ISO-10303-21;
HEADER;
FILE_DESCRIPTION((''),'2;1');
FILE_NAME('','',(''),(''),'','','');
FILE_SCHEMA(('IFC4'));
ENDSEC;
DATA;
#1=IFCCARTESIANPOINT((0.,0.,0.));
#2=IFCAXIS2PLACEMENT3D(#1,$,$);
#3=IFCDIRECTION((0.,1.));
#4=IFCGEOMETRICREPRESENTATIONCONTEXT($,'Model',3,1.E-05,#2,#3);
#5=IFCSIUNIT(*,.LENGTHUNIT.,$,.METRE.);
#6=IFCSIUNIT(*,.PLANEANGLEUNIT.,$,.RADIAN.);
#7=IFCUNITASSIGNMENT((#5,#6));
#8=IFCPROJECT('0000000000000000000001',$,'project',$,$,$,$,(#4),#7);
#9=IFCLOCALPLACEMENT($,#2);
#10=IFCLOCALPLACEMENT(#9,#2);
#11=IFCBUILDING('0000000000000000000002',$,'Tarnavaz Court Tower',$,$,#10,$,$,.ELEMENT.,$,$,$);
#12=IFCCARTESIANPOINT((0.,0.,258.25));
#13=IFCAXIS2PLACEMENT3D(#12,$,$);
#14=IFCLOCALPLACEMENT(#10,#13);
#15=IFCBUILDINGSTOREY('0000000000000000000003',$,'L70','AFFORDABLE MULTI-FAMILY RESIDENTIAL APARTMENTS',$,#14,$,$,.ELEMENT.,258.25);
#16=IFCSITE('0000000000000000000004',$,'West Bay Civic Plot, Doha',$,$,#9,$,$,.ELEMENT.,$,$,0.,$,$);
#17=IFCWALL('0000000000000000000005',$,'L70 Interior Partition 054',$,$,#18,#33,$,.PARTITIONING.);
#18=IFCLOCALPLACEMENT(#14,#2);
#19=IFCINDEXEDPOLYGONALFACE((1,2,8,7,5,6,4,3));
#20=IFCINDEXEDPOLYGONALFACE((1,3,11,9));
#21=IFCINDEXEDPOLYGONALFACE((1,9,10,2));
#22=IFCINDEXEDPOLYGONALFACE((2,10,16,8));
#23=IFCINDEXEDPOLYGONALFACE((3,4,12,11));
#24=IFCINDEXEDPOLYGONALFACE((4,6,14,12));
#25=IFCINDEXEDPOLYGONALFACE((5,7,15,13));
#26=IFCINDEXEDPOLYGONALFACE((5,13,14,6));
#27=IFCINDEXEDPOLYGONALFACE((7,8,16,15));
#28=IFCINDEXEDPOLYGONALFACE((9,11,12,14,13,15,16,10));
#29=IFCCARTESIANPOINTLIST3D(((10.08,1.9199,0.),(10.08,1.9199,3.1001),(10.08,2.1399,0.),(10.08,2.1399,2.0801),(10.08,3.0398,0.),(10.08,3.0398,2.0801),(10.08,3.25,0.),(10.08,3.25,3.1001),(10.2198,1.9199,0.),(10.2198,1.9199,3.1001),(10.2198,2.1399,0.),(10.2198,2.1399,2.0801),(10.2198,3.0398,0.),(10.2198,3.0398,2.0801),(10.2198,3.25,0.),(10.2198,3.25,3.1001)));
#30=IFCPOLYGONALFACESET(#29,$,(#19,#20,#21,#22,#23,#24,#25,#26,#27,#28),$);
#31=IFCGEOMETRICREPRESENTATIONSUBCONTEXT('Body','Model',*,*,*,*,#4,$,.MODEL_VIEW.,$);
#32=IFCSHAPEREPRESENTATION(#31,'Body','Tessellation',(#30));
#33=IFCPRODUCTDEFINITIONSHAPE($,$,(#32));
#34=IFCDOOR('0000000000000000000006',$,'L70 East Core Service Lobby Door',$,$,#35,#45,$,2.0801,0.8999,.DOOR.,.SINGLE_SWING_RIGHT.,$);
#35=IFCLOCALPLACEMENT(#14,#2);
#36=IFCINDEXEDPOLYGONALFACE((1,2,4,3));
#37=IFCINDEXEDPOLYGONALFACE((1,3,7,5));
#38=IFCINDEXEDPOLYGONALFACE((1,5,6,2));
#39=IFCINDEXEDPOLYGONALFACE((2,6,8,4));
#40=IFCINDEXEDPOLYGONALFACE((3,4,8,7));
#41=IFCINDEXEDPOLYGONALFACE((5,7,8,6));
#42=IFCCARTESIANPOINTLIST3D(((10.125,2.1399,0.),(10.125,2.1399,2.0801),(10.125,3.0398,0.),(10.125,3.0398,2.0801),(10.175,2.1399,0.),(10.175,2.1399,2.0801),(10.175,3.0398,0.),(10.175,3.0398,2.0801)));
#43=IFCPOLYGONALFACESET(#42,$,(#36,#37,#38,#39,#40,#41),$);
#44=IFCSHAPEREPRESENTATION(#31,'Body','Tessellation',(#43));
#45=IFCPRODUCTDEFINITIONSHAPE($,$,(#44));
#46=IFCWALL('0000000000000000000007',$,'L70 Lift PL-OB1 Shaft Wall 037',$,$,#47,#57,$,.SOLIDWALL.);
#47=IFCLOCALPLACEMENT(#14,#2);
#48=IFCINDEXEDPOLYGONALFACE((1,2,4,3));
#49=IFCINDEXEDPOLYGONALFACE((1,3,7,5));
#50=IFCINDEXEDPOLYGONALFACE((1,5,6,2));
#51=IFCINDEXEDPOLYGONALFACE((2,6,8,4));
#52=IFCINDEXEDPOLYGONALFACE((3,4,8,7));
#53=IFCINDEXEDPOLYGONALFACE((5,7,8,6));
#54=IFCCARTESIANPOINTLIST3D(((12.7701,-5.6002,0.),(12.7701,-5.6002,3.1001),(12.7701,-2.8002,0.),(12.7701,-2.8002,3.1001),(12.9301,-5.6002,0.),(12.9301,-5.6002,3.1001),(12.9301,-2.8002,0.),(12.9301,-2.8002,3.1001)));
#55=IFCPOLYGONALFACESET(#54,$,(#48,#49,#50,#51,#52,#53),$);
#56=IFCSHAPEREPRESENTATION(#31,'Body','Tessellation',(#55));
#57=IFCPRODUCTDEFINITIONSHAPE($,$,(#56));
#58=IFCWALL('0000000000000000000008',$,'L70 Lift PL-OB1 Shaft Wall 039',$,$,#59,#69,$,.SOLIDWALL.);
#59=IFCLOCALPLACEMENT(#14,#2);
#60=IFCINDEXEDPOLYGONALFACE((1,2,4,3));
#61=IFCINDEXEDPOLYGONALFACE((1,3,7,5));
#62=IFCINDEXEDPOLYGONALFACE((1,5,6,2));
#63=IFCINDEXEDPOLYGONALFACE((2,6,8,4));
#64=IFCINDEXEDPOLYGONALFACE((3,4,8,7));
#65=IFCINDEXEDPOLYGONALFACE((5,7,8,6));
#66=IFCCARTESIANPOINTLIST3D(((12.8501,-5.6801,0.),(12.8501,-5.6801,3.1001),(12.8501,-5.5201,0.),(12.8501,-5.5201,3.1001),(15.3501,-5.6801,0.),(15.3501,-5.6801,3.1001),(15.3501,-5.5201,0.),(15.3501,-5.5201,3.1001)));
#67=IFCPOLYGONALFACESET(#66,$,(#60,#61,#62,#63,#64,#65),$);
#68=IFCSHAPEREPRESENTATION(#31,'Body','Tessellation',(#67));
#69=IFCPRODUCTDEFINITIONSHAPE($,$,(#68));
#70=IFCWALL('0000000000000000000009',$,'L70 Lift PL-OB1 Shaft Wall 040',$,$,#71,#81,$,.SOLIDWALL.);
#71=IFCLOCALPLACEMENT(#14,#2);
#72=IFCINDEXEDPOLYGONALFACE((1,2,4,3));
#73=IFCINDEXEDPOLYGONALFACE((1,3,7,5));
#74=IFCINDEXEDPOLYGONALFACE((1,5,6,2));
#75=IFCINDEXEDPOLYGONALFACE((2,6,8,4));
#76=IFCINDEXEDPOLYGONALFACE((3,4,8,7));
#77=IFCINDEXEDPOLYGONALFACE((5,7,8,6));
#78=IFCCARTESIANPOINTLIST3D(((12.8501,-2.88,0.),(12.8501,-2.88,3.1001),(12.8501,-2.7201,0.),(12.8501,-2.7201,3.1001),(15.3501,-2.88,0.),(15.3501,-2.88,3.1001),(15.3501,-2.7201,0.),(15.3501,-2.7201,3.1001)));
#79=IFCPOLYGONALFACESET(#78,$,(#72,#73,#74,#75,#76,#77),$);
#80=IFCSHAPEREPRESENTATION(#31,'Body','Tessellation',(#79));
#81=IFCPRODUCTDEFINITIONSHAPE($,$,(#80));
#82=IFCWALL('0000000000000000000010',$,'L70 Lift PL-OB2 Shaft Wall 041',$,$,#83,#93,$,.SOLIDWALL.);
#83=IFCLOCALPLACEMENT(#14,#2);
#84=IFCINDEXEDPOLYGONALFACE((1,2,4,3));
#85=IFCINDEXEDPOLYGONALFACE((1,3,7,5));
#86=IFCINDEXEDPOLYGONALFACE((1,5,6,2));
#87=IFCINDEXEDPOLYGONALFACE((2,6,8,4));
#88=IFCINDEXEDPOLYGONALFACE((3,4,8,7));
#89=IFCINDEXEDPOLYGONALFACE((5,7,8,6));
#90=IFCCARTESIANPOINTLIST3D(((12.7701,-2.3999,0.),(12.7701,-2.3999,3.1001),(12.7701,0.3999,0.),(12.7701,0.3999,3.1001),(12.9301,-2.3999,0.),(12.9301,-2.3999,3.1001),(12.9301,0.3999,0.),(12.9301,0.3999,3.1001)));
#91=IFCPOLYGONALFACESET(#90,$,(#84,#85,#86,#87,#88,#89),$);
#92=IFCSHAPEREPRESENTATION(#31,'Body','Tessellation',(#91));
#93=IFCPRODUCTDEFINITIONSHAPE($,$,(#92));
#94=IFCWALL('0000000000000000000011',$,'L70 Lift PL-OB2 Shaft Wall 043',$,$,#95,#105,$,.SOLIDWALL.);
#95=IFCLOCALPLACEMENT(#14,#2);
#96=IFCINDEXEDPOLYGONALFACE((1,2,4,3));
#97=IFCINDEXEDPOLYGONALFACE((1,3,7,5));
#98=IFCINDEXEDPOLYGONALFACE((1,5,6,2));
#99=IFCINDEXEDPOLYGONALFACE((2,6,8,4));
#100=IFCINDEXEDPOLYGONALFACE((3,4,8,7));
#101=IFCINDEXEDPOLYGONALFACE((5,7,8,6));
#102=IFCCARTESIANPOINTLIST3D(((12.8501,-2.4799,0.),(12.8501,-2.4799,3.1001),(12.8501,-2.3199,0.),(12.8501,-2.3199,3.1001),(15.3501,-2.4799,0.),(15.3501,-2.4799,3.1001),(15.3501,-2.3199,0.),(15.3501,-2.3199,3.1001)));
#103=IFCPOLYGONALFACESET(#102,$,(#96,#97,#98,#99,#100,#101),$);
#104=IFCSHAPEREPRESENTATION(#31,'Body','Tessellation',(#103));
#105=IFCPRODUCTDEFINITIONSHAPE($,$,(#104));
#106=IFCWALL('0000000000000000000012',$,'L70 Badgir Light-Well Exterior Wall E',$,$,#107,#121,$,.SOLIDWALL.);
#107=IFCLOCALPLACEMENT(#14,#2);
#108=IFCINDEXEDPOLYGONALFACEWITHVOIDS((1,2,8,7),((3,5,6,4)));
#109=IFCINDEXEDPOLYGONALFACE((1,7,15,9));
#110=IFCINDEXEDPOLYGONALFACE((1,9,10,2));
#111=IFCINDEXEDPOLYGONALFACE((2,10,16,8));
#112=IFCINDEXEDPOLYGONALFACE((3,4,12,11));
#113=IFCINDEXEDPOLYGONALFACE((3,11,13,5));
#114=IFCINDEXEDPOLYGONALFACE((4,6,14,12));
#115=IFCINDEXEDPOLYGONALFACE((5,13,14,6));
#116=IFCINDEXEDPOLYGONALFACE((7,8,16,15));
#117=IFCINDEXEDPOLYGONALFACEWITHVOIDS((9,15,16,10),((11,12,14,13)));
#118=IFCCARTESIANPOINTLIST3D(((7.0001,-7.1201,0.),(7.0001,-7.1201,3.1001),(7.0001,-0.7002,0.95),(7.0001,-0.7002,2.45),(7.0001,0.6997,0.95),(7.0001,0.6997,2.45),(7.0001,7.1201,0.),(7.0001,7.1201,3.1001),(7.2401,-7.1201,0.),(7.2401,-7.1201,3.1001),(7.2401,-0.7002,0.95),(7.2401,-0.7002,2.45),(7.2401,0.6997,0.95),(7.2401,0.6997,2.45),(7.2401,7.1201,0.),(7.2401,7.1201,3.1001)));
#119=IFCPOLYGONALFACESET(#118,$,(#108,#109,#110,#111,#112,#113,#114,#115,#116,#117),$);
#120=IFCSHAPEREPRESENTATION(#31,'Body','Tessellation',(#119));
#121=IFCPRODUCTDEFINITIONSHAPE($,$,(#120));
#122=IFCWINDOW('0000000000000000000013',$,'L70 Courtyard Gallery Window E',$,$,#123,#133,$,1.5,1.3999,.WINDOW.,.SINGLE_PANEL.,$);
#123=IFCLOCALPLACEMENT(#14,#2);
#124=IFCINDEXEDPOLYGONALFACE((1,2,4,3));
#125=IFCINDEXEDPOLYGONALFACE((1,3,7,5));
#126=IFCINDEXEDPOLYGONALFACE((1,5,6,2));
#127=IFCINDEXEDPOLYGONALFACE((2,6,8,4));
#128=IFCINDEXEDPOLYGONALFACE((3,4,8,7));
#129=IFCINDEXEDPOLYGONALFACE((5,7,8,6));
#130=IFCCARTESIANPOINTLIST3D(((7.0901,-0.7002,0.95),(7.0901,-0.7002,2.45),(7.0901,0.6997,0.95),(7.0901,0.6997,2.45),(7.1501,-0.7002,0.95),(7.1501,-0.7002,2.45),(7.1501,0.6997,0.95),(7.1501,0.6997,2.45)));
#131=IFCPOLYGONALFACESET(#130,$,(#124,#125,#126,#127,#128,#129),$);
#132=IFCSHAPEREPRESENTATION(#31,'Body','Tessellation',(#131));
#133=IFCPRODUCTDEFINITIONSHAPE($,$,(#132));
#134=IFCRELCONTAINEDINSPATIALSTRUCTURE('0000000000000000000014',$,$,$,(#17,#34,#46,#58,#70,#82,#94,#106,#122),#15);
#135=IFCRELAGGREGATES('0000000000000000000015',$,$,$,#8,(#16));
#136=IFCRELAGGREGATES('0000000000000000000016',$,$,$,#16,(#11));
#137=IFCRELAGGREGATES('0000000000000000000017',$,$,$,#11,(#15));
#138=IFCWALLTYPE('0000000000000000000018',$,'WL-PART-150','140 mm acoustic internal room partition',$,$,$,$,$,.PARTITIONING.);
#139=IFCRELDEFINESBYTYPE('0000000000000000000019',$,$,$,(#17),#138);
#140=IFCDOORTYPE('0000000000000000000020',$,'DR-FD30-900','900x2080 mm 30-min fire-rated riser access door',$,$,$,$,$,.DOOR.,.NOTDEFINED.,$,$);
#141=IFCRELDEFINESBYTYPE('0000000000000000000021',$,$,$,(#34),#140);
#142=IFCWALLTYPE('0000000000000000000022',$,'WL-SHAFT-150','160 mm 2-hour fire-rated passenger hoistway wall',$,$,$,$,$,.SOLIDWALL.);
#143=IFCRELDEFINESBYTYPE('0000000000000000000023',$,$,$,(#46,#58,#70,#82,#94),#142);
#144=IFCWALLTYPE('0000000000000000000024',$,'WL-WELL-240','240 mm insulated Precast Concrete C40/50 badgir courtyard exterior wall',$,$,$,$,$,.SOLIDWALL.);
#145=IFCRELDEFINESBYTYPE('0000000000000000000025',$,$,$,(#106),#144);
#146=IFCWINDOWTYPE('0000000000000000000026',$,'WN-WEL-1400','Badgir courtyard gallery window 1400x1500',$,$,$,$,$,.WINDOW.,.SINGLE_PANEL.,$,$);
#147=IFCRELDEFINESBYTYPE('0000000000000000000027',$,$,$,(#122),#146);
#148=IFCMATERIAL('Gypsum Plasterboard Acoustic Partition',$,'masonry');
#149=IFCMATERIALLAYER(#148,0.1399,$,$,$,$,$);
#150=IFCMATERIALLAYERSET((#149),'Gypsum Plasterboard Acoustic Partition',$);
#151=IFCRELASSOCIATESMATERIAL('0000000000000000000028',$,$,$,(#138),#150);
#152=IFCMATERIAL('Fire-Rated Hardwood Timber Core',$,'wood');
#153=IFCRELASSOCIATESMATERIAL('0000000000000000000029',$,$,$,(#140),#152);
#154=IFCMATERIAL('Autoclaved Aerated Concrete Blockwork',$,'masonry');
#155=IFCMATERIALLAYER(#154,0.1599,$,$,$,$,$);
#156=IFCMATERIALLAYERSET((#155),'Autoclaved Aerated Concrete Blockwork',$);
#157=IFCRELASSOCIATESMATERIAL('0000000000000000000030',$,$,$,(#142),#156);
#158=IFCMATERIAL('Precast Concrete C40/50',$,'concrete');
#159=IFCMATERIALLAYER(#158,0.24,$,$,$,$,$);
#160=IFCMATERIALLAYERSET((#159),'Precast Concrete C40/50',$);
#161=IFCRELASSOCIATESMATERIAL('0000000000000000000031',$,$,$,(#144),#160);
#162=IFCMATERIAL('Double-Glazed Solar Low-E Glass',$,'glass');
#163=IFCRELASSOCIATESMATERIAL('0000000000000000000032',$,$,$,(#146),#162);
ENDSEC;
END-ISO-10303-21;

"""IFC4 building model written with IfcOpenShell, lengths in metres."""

from ifc_helpers import new_model, si_unit, direction, frame, frame_2d, origin, place, context, subcontext, project, spatial, rectangle, extrude, material, layer, layer_set, type_object, element, fill, save


model = new_model("IFC4")

# Units and contexts
model_context = context("Model", 3, precision=1e-05, world=origin(), true_north=direction((0.0, 1.0)))
body_context = subcontext(model_context, "Body", "Model", "MODEL_VIEW")
ifc_project = project(units=[si_unit("LENGTHUNIT", "METRE"), si_unit("PLANEANGLEUNIT", "RADIAN")], contexts=[model_context])

# Site, building, storey
site_placement = place(None, origin())
site = spatial("IfcSite", under=ifc_project, at=site_placement, Name="West Bay Civic Plot, Doha", CompositionType="ELEMENT", RefElevation=0.0)
building_placement = place(site_placement, origin())
building = spatial("IfcBuilding", under=site, at=building_placement, Name="Tarnavaz Court Tower", CompositionType="ELEMENT")
storey_placement = place(building_placement, frame((0.0, 0.0, 258.25)))
storey = spatial("IfcBuildingStorey", under=building, at=storey_placement, Name="L70", Description="AFFORDABLE MULTI-FAMILY RESIDENTIAL APARTMENTS", CompositionType="ELEMENT", Elevation=258.25)

# Shared definitions
ifc_material_1 = material(Name="Fire-Rated Hardwood Timber Core", Category="wood")

# Shared definitions
ifc_material_2 = material(Name="Gypsum Plasterboard Acoustic Partition", Category="masonry")
ifc_layer_1 = layer(ifc_material_2, 0.1399)
ifc_layer_set_1 = layer_set([ifc_layer_1], Name="Gypsum Plasterboard Acoustic Partition")
wall_type_1 = type_object("IfcWallType", Name="WL-PART-150", Description="140 mm acoustic internal room partition", PredefinedType="PARTITIONING", material=ifc_layer_set_1)

# Wall, opening, door
wall_1_placement = place(storey_placement, frame((10.1499, 1.9199, 0.0), z_axis=(0.0, 0.0, 1.0), x_axis=(0.0, 1.0, 0.0)))
wall_1 = element("IfcWall", 1, at=wall_1_placement, inside=storey, type_object=wall_type_1, Name="L70 Interior Partition 054", PredefinedType="PARTITIONING", context=body_context, shape_type="SweptSolid", body=[
    extrude(rectangle(XDim=1.3301, YDim=0.1399, at=frame_2d((0.665, 0.0))), origin(), (0.0, 0.0, 1.0), 3.1001),
])
opening_1_placement = place(wall_1_placement, frame((0.22, 0.0, 0.0)))
opening_1 = element("IfcOpeningElement", 2, at=opening_1_placement, cuts=wall_1, PredefinedType="OPENING", context=body_context, shape_type="SweptSolid", body=[
    extrude(rectangle(XDim=0.8999, YDim=2.0801, at=frame_2d((0.45, 1.04))), frame((0.0, 0.0798, 0.0), z_axis=(0.0, -1.0, 0.0), x_axis=(1.0, 0.0, 0.0)), (0.0, 0.0, 1.0), 0.1599),
])
door_type_1 = type_object("IfcDoorType", Name="DR-FD30-900", Description="900x2080 mm 30-min fire-rated riser access door", OperationType="NOTDEFINED", PredefinedType="DOOR", material=ifc_material_1)
door_1_placement = place(opening_1_placement, origin())
door_1 = element("IfcDoor", 3, at=door_1_placement, inside=storey, type_object=door_type_1, Name="L70 East Core Service Lobby Door", OperationType="SINGLE_SWING_RIGHT", OverallHeight=2.0801, OverallWidth=0.8999, PredefinedType="DOOR", context=body_context, shape_type="SweptSolid", body=[
    extrude(rectangle(XDim=0.8999, YDim=2.0801, at=frame_2d((0.45, 1.04))), frame((0.0, 0.0249, 0.0), z_axis=(0.0, -1.0, 0.0), x_axis=(1.0, 0.0, 0.0)), (0.0, 0.0, 1.0), 0.05),
])
fill(opening_1, door_1)

# Walls
ifc_material_3 = material(Name="Autoclaved Aerated Concrete Blockwork", Category="masonry")
ifc_layer_2 = layer(ifc_material_3, 0.1599)
ifc_layer_set_2 = layer_set([ifc_layer_2], Name="Autoclaved Aerated Concrete Blockwork")
wall_type_2 = type_object("IfcWallType", Name="WL-SHAFT-150", Description="160 mm 2-hour fire-rated passenger hoistway wall", PredefinedType="SOLIDWALL", material=ifc_layer_set_2)
wall_2_placement = place(storey_placement, frame((12.8501, -5.6001, 0.0), z_axis=(0.0, 0.0, 1.0), x_axis=(0.0, 1.0, 0.0)))
element("IfcWall", 4, at=wall_2_placement, inside=storey, type_object=wall_type_2, Name="L70 Lift PL-OB1 Shaft Wall 037", PredefinedType="SOLIDWALL", context=body_context, shape_type="SweptSolid", body=[
    extrude(rectangle(XDim=2.8, YDim=0.1599, at=frame_2d((1.3999, 0.0))), origin(), (0.0, 0.0, 1.0), 3.1001),
])
for number, where, z_axis, x_axis, name in (
    (5, (12.8501, -5.6001, 0.0), (0.0, 0.0, 1.0), (1.0, 0.0, 0.0), "L70 Lift PL-OB1 Shaft Wall 039"),
    (6, (12.8501, -2.8, 0.0), (0.0, 0.0, 1.0), (1.0, 0.0, 0.0), "L70 Lift PL-OB1 Shaft Wall 040"),
):
    element("IfcWall", number, at=place(storey_placement, frame(where, z_axis=z_axis, x_axis=x_axis)), inside=storey, type_object=wall_type_2, Name=name, PredefinedType="SOLIDWALL", context=body_context, shape_type="SweptSolid", body=[
        extrude(rectangle(XDim=2.5, YDim=0.1599, at=frame_2d((1.25, 0.0))), origin(), (0.0, 0.0, 1.0), 3.1001),
    ])
wall_3_placement = place(storey_placement, frame((12.8501, -2.3999, 0.0), z_axis=(0.0, 0.0, 1.0), x_axis=(0.0, 1.0, 0.0)))
element("IfcWall", 7, at=wall_3_placement, inside=storey, type_object=wall_type_2, Name="L70 Lift PL-OB2 Shaft Wall 041", PredefinedType="SOLIDWALL", context=body_context, shape_type="SweptSolid", body=[
    extrude(rectangle(XDim=2.7998, YDim=0.1599, at=frame_2d((1.3999, 0.0))), origin(), (0.0, 0.0, 1.0), 3.1001),
])
wall_4_placement = place(storey_placement, frame((12.8501, -2.3999, 0.0), z_axis=(0.0, 0.0, 1.0), x_axis=(1.0, 0.0, 0.0)))
element("IfcWall", 8, at=wall_4_placement, inside=storey, type_object=wall_type_2, Name="L70 Lift PL-OB2 Shaft Wall 043", PredefinedType="SOLIDWALL", context=body_context, shape_type="SweptSolid", body=[
    extrude(rectangle(XDim=2.5, YDim=0.1599, at=frame_2d((1.25, 0.0))), origin(), (0.0, 0.0, 1.0), 3.1001),
])

# Wall, opening, window
ifc_material_4 = material(Name="Precast Concrete C40/50", Category="concrete")
ifc_layer_3 = layer(ifc_material_4, 0.24)
ifc_layer_set_3 = layer_set([ifc_layer_3], Name="Precast Concrete C40/50")
wall_type_3 = type_object("IfcWallType", Name="WL-WELL-240", Description="240 mm insulated Precast Concrete C40/50 badgir courtyard exterior wall", PredefinedType="SOLIDWALL", material=ifc_layer_set_3)
wall_5_placement = place(storey_placement, frame((7.1201, -7.1201, 0.0), z_axis=(0.0, 0.0, 1.0), x_axis=(0.0, 1.0, 0.0)))
wall_5 = element("IfcWall", 9, at=wall_5_placement, inside=storey, type_object=wall_type_3, Name="L70 Badgir Light-Well Exterior Wall E", PredefinedType="SOLIDWALL", context=body_context, shape_type="SweptSolid", body=[
    extrude(rectangle(XDim=14.2402, YDim=0.24, at=frame_2d((7.1201, 0.0))), origin(), (0.0, 0.0, 1.0), 3.1001),
])
opening_2_placement = place(wall_5_placement, frame((6.4199, 0.0, 0.95)))
opening_2 = element("IfcOpeningElement", 10, at=opening_2_placement, cuts=wall_5, PredefinedType="OPENING", context=body_context, shape_type="SweptSolid", body=[
    extrude(rectangle(XDim=1.3999, YDim=1.5, at=frame_2d((0.7, 0.75))), frame((0.0, 0.1299, 0.0), z_axis=(0.0, -1.0, 0.0), x_axis=(1.0, 0.0, 0.0)), (0.0, 0.0, 1.0), 0.26),
])
ifc_material_5 = material(Name="Double-Glazed Solar Low-E Glass", Category="glass")
window_type = type_object("IfcWindowType", Name="WN-WEL-1400", Description="Badgir courtyard gallery window 1400x1500", PartitioningType="SINGLE_PANEL", PredefinedType="WINDOW", material=ifc_material_5)
window_placement = place(opening_2_placement, origin())
window = element("IfcWindow", 11, at=window_placement, inside=storey, type_object=window_type, Name="L70 Courtyard Gallery Window E", OverallHeight=1.5, OverallWidth=1.3999, PartitioningType="SINGLE_PANEL", PredefinedType="WINDOW", context=body_context, shape_type="SweptSolid", body=[
    extrude(rectangle(XDim=1.3999, YDim=1.5, at=frame_2d((0.7, 0.75))), frame((0.0, 0.03, 0.0), z_axis=(0.0, -1.0, 0.0), x_axis=(1.0, 0.0, 0.0)), (0.0, 0.0, 1.0), 0.0601),
])
fill(opening_2, window)

save(model, "model.ifc")
